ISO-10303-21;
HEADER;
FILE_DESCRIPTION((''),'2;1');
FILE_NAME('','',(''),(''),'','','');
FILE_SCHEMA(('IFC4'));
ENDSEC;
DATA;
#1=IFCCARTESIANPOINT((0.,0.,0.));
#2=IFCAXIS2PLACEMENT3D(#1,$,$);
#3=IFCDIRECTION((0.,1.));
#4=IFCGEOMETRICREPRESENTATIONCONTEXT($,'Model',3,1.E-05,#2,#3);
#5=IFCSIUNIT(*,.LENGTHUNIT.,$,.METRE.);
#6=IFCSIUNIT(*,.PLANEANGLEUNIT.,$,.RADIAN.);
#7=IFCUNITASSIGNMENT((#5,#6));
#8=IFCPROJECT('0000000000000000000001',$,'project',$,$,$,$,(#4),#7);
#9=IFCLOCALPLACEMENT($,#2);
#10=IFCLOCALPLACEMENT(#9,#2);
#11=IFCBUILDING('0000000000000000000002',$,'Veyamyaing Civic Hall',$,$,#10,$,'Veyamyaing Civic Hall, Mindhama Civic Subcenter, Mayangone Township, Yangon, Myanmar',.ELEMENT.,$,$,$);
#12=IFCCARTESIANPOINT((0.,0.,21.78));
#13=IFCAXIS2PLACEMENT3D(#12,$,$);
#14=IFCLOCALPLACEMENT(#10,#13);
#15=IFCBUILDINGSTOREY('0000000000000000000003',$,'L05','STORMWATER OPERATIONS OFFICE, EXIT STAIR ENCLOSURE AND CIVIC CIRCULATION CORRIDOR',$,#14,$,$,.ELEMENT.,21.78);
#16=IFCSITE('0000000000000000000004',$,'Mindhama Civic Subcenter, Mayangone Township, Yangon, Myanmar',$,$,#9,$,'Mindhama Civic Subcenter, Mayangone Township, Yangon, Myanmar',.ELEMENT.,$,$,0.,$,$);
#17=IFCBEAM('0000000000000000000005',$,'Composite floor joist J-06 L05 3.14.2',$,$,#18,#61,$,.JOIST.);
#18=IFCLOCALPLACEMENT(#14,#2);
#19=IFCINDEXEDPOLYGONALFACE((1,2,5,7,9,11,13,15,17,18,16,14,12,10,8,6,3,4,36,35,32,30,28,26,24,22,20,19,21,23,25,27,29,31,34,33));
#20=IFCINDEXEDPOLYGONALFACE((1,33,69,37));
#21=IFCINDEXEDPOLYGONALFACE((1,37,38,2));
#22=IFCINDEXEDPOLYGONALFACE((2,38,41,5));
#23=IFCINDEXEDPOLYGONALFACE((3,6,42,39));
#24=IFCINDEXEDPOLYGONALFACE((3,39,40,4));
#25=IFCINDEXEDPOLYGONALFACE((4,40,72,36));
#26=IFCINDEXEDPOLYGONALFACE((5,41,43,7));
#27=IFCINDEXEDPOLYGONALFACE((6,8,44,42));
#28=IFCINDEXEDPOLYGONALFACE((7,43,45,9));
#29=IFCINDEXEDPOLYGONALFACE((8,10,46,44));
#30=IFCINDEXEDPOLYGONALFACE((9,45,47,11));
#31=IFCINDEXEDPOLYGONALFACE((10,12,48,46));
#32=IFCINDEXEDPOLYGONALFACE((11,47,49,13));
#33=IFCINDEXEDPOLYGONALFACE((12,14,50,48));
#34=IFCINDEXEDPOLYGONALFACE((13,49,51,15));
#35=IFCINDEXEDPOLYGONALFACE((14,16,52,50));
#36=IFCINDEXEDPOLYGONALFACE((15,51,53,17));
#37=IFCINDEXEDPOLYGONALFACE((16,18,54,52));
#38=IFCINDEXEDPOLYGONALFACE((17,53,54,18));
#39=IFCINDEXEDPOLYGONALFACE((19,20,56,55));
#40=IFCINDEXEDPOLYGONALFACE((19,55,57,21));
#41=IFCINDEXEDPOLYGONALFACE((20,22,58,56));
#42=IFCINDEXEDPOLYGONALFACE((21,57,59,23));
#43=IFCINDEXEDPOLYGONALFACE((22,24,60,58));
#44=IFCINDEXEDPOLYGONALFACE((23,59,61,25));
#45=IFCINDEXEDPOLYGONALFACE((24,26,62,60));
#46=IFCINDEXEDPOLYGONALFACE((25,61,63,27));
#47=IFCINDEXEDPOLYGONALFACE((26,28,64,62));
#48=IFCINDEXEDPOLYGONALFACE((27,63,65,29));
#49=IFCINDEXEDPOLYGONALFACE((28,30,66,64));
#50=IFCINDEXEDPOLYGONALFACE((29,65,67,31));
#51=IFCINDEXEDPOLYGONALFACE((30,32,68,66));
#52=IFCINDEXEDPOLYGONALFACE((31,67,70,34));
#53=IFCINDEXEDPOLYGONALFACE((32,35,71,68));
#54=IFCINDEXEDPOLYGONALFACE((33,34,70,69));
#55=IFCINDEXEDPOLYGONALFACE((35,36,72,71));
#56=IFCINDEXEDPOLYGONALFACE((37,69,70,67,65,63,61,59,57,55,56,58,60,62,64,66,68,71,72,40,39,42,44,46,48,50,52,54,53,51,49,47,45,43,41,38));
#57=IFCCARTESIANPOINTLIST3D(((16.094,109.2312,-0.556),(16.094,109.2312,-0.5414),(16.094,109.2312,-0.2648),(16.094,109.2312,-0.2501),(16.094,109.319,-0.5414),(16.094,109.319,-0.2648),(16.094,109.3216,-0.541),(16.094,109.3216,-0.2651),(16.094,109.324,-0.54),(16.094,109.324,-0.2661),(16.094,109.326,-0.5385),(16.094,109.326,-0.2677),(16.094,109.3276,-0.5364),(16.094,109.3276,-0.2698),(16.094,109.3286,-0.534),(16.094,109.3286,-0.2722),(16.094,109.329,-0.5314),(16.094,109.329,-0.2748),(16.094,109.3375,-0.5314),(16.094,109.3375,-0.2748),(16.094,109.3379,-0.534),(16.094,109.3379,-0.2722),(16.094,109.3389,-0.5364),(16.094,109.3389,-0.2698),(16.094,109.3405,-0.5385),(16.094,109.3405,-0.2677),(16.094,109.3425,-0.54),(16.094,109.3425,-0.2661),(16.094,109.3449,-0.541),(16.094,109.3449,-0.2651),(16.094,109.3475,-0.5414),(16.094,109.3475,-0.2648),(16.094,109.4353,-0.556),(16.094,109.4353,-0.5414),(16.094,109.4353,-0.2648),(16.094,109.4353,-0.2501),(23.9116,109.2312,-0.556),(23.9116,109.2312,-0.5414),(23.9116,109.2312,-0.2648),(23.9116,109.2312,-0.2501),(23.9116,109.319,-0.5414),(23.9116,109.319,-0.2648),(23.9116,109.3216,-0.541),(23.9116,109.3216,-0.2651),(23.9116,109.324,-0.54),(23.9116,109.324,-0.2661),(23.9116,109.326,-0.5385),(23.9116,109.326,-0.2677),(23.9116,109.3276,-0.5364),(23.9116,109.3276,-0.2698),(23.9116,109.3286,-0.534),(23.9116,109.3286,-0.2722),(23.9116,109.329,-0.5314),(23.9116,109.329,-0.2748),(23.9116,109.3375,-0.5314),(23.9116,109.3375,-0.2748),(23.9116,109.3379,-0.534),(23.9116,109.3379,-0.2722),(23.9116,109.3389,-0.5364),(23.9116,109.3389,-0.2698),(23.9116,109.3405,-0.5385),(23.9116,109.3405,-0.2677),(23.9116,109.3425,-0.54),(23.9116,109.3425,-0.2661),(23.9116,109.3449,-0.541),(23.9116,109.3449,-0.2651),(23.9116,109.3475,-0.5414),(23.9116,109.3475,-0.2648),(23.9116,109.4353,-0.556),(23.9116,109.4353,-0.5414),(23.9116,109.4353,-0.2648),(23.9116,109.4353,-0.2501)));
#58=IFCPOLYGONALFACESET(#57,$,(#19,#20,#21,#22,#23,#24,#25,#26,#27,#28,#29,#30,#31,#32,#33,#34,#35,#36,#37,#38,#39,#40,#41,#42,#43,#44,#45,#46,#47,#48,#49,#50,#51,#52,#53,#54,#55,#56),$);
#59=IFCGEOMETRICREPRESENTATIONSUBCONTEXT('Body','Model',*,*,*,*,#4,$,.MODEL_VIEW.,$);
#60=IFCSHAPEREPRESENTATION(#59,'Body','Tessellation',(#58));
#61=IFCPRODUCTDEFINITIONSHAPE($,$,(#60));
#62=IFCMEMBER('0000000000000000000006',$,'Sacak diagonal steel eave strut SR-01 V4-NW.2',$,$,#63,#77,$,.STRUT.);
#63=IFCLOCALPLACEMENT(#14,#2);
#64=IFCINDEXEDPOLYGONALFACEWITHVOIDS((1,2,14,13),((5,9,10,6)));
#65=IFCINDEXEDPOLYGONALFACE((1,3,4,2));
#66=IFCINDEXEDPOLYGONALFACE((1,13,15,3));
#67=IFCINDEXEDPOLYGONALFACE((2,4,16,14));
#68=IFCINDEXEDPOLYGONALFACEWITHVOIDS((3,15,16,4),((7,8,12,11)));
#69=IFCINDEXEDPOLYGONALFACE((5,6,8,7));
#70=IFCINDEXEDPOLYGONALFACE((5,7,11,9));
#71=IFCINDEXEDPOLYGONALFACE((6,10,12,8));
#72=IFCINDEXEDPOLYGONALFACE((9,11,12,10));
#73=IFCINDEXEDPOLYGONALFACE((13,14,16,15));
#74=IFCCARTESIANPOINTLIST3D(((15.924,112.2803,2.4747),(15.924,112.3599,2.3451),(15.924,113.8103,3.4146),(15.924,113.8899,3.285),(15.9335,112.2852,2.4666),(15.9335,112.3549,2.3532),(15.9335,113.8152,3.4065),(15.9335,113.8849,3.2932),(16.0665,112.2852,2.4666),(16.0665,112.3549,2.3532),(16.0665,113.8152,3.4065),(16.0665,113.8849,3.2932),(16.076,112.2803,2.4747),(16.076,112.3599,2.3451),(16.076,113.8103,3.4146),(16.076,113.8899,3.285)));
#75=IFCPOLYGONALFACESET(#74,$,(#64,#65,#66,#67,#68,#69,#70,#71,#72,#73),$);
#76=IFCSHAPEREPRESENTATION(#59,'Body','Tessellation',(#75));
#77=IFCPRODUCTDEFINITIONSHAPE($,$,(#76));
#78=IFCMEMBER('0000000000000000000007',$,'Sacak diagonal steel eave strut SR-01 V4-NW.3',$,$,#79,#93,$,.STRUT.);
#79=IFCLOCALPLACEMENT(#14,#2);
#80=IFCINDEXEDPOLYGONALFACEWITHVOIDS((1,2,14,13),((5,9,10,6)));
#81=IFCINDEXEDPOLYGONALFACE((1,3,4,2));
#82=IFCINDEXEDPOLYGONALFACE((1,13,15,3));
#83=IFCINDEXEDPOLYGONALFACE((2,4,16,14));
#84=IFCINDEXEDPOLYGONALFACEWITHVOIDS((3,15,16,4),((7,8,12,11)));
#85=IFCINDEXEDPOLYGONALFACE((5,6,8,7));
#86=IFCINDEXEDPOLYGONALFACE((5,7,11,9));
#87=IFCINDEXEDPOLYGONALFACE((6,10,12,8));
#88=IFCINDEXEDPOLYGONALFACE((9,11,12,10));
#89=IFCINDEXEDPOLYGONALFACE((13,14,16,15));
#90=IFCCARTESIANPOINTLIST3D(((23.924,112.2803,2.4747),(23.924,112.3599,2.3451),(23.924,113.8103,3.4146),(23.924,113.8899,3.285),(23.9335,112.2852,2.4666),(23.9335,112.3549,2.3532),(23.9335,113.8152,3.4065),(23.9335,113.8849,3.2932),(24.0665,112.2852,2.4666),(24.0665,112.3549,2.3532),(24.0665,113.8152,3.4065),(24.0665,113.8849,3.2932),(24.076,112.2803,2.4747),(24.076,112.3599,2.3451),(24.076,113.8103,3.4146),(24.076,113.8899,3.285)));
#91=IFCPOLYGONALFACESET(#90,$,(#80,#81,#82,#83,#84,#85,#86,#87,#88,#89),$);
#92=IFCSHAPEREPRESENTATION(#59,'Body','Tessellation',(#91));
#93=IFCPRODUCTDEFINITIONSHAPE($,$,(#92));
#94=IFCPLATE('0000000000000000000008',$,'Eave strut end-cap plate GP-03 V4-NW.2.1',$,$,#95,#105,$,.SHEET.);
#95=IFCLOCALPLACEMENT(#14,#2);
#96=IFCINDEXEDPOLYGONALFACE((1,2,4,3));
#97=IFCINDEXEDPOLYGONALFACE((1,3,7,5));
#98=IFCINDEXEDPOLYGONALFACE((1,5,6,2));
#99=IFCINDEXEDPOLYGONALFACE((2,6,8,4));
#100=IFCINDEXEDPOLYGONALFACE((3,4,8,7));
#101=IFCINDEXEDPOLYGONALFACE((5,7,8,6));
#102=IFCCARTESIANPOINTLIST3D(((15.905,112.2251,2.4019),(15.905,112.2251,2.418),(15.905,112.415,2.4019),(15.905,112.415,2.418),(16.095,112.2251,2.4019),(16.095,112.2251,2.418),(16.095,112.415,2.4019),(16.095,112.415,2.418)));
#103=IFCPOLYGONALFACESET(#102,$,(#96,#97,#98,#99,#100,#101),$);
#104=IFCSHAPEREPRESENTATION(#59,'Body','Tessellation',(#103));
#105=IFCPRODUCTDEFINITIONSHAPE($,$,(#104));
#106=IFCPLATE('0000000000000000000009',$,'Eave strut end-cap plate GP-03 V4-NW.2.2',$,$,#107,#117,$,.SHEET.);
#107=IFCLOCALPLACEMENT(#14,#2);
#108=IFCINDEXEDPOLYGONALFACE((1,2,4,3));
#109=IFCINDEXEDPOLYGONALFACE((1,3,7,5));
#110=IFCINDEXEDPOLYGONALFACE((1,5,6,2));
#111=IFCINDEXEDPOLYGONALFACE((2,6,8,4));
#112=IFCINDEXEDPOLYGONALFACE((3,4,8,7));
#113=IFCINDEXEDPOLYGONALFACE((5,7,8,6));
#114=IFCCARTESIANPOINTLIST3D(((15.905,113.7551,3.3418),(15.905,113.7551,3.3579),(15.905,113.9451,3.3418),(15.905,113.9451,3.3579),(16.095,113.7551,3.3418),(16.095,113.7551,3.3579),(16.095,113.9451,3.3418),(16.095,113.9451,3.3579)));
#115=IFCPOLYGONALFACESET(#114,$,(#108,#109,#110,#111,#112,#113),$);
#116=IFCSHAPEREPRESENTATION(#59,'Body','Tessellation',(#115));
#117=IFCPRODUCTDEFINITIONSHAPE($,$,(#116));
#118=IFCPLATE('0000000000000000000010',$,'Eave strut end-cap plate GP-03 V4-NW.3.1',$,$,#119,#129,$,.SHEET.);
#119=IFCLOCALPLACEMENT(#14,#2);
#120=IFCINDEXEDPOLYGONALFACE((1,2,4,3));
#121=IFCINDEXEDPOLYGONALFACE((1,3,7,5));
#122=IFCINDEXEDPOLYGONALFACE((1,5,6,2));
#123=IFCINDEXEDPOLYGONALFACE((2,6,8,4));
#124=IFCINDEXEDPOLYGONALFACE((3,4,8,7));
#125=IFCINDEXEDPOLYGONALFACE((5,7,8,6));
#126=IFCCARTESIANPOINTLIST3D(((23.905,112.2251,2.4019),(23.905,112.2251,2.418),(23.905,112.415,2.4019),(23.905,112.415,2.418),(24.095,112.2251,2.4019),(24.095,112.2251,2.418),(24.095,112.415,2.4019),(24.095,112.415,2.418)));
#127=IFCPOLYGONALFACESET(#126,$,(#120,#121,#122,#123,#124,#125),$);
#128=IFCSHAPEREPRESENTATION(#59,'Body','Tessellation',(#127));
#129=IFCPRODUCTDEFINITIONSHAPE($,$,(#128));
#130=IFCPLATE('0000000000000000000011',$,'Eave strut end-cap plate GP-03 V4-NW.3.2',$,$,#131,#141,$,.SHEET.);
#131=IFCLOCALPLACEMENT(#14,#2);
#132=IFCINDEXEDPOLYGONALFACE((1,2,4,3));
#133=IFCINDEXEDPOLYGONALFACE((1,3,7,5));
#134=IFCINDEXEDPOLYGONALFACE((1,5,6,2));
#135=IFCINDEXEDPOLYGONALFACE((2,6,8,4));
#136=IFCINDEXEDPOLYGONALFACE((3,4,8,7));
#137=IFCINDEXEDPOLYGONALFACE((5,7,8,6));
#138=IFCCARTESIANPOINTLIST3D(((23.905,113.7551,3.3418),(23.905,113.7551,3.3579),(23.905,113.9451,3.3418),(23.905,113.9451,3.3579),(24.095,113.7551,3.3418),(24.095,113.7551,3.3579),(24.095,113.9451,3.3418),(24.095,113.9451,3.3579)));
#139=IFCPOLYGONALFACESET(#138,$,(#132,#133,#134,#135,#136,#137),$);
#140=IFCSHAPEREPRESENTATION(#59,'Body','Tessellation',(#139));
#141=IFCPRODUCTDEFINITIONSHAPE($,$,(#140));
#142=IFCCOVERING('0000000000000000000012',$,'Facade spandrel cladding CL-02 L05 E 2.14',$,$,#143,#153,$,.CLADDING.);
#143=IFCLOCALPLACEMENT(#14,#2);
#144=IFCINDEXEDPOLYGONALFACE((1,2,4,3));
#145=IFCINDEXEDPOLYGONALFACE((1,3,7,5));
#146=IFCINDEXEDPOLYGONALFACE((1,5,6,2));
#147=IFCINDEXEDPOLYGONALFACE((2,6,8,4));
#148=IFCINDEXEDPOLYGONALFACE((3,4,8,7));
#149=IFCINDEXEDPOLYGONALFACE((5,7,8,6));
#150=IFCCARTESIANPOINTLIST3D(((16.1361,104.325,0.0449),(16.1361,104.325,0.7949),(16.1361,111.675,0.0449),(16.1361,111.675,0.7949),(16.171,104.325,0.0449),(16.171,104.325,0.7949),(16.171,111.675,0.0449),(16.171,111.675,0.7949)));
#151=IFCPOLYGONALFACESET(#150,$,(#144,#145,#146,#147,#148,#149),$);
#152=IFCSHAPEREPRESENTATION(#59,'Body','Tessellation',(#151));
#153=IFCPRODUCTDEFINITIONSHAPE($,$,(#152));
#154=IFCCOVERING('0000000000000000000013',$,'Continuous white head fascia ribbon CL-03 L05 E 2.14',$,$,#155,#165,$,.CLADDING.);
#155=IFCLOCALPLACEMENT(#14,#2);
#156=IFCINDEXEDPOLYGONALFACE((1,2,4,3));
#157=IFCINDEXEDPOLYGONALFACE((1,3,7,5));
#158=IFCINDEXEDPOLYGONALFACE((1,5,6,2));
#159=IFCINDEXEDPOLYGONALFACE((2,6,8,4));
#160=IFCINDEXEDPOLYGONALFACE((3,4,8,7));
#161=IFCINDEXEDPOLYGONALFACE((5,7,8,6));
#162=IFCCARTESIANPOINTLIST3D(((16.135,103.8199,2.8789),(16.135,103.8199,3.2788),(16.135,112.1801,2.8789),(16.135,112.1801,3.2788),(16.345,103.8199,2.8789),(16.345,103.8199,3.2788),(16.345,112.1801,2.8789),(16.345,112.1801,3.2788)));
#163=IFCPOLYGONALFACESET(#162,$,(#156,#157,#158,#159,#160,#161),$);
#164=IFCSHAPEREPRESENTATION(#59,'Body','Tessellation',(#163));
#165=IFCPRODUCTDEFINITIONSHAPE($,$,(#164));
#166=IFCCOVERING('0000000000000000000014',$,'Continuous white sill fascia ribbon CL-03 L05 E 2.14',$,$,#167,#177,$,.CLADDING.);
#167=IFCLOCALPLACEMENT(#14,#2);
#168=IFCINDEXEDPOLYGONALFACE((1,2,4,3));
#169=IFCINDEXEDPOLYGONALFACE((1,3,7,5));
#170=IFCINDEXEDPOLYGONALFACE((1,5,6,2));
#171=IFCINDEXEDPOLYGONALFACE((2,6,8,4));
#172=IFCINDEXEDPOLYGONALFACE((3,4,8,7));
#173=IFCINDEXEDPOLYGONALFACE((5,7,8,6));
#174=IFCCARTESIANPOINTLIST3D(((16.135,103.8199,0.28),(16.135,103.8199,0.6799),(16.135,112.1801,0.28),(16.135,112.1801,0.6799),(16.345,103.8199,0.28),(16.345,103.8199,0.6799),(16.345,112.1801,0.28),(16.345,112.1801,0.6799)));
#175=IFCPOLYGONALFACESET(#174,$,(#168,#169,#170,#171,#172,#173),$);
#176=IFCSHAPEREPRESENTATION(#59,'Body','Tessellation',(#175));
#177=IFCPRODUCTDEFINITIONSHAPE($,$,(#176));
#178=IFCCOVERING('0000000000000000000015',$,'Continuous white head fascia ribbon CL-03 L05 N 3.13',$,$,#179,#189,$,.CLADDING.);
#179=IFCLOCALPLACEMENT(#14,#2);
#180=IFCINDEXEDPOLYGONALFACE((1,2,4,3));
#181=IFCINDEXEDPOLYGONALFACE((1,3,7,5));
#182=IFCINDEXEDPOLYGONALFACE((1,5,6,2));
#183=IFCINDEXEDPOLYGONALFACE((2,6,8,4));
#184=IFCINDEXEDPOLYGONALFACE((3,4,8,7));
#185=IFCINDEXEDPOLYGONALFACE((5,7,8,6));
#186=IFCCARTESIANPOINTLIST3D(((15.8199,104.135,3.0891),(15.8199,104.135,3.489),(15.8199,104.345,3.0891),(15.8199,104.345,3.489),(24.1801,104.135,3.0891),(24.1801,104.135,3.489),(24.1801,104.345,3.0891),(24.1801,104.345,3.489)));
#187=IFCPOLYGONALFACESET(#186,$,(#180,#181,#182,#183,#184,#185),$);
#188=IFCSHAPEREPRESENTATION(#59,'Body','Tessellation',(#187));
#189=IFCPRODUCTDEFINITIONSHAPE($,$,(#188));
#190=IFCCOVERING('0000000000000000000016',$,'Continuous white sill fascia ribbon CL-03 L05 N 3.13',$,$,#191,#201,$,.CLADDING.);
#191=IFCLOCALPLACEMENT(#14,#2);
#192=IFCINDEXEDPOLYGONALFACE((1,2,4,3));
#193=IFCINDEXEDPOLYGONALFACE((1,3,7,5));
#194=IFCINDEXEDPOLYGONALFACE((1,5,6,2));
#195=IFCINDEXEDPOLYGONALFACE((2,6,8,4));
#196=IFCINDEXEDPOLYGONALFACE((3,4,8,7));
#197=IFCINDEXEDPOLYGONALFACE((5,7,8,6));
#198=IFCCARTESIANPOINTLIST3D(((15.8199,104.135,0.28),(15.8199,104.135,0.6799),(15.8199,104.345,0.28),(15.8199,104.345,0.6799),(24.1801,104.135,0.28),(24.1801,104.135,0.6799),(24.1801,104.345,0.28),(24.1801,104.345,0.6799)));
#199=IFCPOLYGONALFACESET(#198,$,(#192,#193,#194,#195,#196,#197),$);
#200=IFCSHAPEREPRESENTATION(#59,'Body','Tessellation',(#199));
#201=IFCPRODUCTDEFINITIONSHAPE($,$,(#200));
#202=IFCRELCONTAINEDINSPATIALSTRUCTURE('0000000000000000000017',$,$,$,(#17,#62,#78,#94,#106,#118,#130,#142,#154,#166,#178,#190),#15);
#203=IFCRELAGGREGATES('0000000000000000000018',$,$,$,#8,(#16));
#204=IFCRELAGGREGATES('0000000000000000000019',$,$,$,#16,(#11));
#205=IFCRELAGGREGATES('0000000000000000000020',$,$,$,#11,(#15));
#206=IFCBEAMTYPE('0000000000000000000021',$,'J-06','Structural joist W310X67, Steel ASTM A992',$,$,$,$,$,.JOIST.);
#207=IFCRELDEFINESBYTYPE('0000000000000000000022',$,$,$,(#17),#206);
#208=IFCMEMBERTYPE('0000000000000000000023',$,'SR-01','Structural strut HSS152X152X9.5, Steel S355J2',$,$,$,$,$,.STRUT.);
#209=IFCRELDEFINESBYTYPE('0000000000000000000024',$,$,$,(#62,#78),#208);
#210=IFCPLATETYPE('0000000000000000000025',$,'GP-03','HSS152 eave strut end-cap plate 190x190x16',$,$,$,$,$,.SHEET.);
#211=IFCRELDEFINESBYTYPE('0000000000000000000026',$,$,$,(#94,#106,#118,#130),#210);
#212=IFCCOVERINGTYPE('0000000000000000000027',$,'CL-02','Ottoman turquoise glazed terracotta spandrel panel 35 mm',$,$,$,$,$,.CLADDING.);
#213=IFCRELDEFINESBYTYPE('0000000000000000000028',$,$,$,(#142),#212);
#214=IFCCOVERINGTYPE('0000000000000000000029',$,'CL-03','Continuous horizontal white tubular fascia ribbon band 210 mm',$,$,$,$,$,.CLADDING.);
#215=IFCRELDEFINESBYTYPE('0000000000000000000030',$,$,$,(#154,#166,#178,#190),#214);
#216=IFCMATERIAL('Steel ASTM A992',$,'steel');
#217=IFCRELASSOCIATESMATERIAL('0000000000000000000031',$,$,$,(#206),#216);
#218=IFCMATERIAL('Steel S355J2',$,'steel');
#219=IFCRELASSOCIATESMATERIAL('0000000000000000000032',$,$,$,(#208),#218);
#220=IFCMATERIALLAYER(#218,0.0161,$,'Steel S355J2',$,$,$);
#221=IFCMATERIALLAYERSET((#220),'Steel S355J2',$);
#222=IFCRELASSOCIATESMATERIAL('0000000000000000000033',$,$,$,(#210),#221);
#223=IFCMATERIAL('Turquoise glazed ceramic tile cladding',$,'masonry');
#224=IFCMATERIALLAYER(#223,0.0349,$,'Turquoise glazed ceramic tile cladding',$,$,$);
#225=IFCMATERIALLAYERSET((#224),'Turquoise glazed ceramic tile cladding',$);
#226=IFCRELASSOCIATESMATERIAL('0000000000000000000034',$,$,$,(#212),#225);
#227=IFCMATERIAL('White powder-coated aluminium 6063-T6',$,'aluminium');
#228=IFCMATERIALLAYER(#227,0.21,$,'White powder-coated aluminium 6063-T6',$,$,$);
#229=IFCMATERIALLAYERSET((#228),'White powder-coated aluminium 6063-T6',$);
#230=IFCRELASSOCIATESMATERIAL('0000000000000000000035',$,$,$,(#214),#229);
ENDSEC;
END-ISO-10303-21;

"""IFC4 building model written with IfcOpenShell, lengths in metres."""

from ifc_helpers import new_model, si_unit, direction, frame, origin, origin_2d, place, context, subcontext, project, spatial, rectangle, hollow_rectangle, i_section, extrude, material, layer, layer_set, material_profile, profile_set, type_object, element, save


model = new_model("IFC4")

# Units and contexts
model_context = context("Model", 3, precision=1e-05, world=origin(), true_north=direction((0.0, 1.0)))
body_context = subcontext(model_context, "Body", "Model", "MODEL_VIEW")
ifc_project = project(units=[si_unit("LENGTHUNIT", "METRE"), si_unit("PLANEANGLEUNIT", "RADIAN")], contexts=[model_context])

# Site, building, storey
site_placement = place(None, origin())
site = spatial("IfcSite", under=ifc_project, at=site_placement, Name="Mindhama Civic Subcenter, Mayangone Township, Yangon, Myanmar", LongName="Mindhama Civic Subcenter, Mayangone Township, Yangon, Myanmar", CompositionType="ELEMENT", RefElevation=0.0)
building_placement = place(site_placement, origin())
building = spatial("IfcBuilding", under=site, at=building_placement, Name="Veyamyaing Civic Hall", LongName="Veyamyaing Civic Hall, Mindhama Civic Subcenter, Mayangone Township, Yangon, Myanmar", CompositionType="ELEMENT")
storey_placement = place(building_placement, frame((0.0, 0.0, 21.78)))
storey = spatial("IfcBuildingStorey", under=building, at=storey_placement, Name="L05", Description="STORMWATER OPERATIONS OFFICE, EXIT STAIR ENCLOSURE AND CIVIC CIRCULATION CORRIDOR", CompositionType="ELEMENT", Elevation=21.78)

# Beam
ifc_material_1 = material(Name="Steel ASTM A992", Category="steel")
ifc_material_profile_1 = material_profile(ifc_material_1, i_section(OverallWidth=0.2041, OverallDepth=0.3059, WebThickness=0.0085, FlangeThickness=0.0146, FilletRadius=0.01, at=origin_2d()), Name="W310X67")
ifc_profile_set_1 = profile_set([ifc_material_profile_1], Name="Steel ASTM A992")
beam_type_1 = type_object("IfcBeamType", Name="J-06", Description="Structural joist W310X67, Steel ASTM A992", PredefinedType="JOIST", material=ifc_profile_set_1)
for number, where, z_axis, x_axis, name in (
    (1, (16.094, 109.3333, -0.4031), (1.0, 0.0, 0.0), (0.0, 1.0, 0.0), "Composite floor joist J-06 L05 3.14.2"),
):
    element("IfcBeam", number, at=place(storey_placement, frame(where, z_axis=z_axis, x_axis=x_axis)), inside=storey, type_object=beam_type_1, Name=name, PredefinedType="JOIST", context=body_context, shape_type="SweptSolid", body=[
        extrude(i_section(OverallWidth=0.2041, OverallDepth=0.3059, WebThickness=0.0085, FlangeThickness=0.0146, FilletRadius=0.01, at=origin_2d()), origin(), (0.0, 0.0, 1.0), 7.8176),
    ])

# Members
ifc_material_2 = material(Name="Steel S355J2", Category="steel")
ifc_material_profile_2 = material_profile(ifc_material_2, hollow_rectangle(XDim=0.1521, YDim=0.1521, WallThickness=0.0095, at=origin_2d()), Name="HSS152X152X9.5")
ifc_profile_set_2 = profile_set([ifc_material_profile_2], Name="Steel S355J2")
member_type = type_object("IfcMemberType", Name="SR-01", Description="Structural strut HSS152X152X9.5, Steel S355J2", PredefinedType="STRUT", material=ifc_profile_set_2)
for number, where, z_axis, x_axis, name in (
    (2, (16.0, 112.3201, 2.4099), (0.0, 0.85206, 0.523445), (-1.0, 0.0, 0.0), "Sacak diagonal steel eave strut SR-01 V4-NW.2"),
    (3, (24.0, 112.3201, 2.4099), (0.0, 0.85206, 0.523445), (-1.0, 0.0, 0.0), "Sacak diagonal steel eave strut SR-01 V4-NW.3"),
):
    element("IfcMember", number, at=place(storey_placement, frame(where, z_axis=z_axis, x_axis=x_axis)), inside=storey, type_object=member_type, Name=name, PredefinedType="STRUT", context=body_context, shape_type="SweptSolid", body=[
        extrude(hollow_rectangle(XDim=0.1521, YDim=0.1521, WallThickness=0.0095, at=origin_2d()), origin(), (0.0, 0.0, 1.0), 1.7957),
    ])

# Plates
ifc_layer_1 = layer(ifc_material_2, 0.0161, Name="Steel S355J2")
ifc_layer_set_1 = layer_set([ifc_layer_1], Name="Steel S355J2")
plate_type = type_object("IfcPlateType", Name="GP-03", Description="HSS152 eave strut end-cap plate 190x190x16", PredefinedType="SHEET", material=ifc_layer_set_1)
for number, where, z_axis, x_axis, name in (
    (4, (16.0, 112.3201, 2.4019), (0.0, 0.0, 1.0), (0.0, 1.0, 0.0), "Eave strut end-cap plate GP-03 V4-NW.2.1"),
    (5, (16.0, 113.8501, 3.3418), (0.0, 0.0, 1.0), (0.0, 1.0, 0.0), "Eave strut end-cap plate GP-03 V4-NW.2.2"),
    (6, (24.0, 112.3201, 2.4019), (0.0, 0.0, 1.0), (0.0, 1.0, 0.0), "Eave strut end-cap plate GP-03 V4-NW.3.1"),
    (7, (24.0, 113.8501, 3.3418), (0.0, 0.0, 1.0), (0.0, 1.0, 0.0), "Eave strut end-cap plate GP-03 V4-NW.3.2"),
):
    element("IfcPlate", number, at=place(storey_placement, frame(where, z_axis=z_axis, x_axis=x_axis)), inside=storey, type_object=plate_type, Name=name, PredefinedType="SHEET", context=body_context, shape_type="SweptSolid", body=[
        extrude(rectangle(XDim=0.1899, YDim=0.1899, at=origin_2d()), origin(), (0.0, 0.0, 1.0), 0.0161),
    ])

# Coverings
ifc_material_3 = material(Name="Turquoise glazed ceramic tile cladding", Category="masonry")
ifc_layer_2 = layer(ifc_material_3, 0.0349, Name="Turquoise glazed ceramic tile cladding")
ifc_layer_set_2 = layer_set([ifc_layer_2], Name="Turquoise glazed ceramic tile cladding")
covering_type_1 = type_object("IfcCoveringType", Name="CL-02", Description="Ottoman turquoise glazed terracotta spandrel panel 35 mm", PredefinedType="CLADDING", material=ifc_layer_set_2)
covering_placement = place(storey_placement, frame((16.1536, 108.0, 0.0449), z_axis=(0.0, 0.0, 1.0), x_axis=(0.0, 1.0, 0.0)))
element("IfcCovering", 8, at=covering_placement, inside=storey, type_object=covering_type_1, Name="Facade spandrel cladding CL-02 L05 E 2.14", PredefinedType="CLADDING", context=body_context, shape_type="SweptSolid", body=[
    extrude(rectangle(XDim=7.3501, YDim=0.0349, at=origin_2d()), origin(), (0.0, 0.0, 1.0), 0.75),
])
ifc_material_4 = material(Name="White powder-coated aluminium 6063-T6", Category="aluminium")
ifc_layer_3 = layer(ifc_material_4, 0.21, Name="White powder-coated aluminium 6063-T6")
ifc_layer_set_3 = layer_set([ifc_layer_3], Name="White powder-coated aluminium 6063-T6")
covering_type_2 = type_object("IfcCoveringType", Name="CL-03", Description="Continuous horizontal white tubular fascia ribbon band 210 mm", PredefinedType="CLADDING", material=ifc_layer_set_3)
for number, where, z_axis, x_axis, name in (
    (9, (16.24, 108.0, 2.8789), (0.0, 0.0, 1.0), (0.0, 1.0, 0.0), "Continuous white head fascia ribbon CL-03 L05 E 2.14"),
    (10, (16.24, 108.0, 0.28), (0.0, 0.0, 1.0), (0.0, 1.0, 0.0), "Continuous white sill fascia ribbon CL-03 L05 E 2.14"),
    (11, (20.0, 104.24, 3.0891), (0.0, 0.0, 1.0), (1.0, 0.0, 0.0), "Continuous white head fascia ribbon CL-03 L05 N 3.13"),
    (12, (20.0, 104.24, 0.28), (0.0, 0.0, 1.0), (1.0, 0.0, 0.0), "Continuous white sill fascia ribbon CL-03 L05 N 3.13"),
):
    element("IfcCovering", number, at=place(storey_placement, frame(where, z_axis=z_axis, x_axis=x_axis)), inside=storey, type_object=covering_type_2, Name=name, PredefinedType="CLADDING", context=body_context, shape_type="SweptSolid", body=[
        extrude(rectangle(XDim=8.3601, YDim=0.21, at=origin_2d()), origin(), (0.0, 0.0, 1.0), 0.3999),
    ])

save(model, "model.ifc")
